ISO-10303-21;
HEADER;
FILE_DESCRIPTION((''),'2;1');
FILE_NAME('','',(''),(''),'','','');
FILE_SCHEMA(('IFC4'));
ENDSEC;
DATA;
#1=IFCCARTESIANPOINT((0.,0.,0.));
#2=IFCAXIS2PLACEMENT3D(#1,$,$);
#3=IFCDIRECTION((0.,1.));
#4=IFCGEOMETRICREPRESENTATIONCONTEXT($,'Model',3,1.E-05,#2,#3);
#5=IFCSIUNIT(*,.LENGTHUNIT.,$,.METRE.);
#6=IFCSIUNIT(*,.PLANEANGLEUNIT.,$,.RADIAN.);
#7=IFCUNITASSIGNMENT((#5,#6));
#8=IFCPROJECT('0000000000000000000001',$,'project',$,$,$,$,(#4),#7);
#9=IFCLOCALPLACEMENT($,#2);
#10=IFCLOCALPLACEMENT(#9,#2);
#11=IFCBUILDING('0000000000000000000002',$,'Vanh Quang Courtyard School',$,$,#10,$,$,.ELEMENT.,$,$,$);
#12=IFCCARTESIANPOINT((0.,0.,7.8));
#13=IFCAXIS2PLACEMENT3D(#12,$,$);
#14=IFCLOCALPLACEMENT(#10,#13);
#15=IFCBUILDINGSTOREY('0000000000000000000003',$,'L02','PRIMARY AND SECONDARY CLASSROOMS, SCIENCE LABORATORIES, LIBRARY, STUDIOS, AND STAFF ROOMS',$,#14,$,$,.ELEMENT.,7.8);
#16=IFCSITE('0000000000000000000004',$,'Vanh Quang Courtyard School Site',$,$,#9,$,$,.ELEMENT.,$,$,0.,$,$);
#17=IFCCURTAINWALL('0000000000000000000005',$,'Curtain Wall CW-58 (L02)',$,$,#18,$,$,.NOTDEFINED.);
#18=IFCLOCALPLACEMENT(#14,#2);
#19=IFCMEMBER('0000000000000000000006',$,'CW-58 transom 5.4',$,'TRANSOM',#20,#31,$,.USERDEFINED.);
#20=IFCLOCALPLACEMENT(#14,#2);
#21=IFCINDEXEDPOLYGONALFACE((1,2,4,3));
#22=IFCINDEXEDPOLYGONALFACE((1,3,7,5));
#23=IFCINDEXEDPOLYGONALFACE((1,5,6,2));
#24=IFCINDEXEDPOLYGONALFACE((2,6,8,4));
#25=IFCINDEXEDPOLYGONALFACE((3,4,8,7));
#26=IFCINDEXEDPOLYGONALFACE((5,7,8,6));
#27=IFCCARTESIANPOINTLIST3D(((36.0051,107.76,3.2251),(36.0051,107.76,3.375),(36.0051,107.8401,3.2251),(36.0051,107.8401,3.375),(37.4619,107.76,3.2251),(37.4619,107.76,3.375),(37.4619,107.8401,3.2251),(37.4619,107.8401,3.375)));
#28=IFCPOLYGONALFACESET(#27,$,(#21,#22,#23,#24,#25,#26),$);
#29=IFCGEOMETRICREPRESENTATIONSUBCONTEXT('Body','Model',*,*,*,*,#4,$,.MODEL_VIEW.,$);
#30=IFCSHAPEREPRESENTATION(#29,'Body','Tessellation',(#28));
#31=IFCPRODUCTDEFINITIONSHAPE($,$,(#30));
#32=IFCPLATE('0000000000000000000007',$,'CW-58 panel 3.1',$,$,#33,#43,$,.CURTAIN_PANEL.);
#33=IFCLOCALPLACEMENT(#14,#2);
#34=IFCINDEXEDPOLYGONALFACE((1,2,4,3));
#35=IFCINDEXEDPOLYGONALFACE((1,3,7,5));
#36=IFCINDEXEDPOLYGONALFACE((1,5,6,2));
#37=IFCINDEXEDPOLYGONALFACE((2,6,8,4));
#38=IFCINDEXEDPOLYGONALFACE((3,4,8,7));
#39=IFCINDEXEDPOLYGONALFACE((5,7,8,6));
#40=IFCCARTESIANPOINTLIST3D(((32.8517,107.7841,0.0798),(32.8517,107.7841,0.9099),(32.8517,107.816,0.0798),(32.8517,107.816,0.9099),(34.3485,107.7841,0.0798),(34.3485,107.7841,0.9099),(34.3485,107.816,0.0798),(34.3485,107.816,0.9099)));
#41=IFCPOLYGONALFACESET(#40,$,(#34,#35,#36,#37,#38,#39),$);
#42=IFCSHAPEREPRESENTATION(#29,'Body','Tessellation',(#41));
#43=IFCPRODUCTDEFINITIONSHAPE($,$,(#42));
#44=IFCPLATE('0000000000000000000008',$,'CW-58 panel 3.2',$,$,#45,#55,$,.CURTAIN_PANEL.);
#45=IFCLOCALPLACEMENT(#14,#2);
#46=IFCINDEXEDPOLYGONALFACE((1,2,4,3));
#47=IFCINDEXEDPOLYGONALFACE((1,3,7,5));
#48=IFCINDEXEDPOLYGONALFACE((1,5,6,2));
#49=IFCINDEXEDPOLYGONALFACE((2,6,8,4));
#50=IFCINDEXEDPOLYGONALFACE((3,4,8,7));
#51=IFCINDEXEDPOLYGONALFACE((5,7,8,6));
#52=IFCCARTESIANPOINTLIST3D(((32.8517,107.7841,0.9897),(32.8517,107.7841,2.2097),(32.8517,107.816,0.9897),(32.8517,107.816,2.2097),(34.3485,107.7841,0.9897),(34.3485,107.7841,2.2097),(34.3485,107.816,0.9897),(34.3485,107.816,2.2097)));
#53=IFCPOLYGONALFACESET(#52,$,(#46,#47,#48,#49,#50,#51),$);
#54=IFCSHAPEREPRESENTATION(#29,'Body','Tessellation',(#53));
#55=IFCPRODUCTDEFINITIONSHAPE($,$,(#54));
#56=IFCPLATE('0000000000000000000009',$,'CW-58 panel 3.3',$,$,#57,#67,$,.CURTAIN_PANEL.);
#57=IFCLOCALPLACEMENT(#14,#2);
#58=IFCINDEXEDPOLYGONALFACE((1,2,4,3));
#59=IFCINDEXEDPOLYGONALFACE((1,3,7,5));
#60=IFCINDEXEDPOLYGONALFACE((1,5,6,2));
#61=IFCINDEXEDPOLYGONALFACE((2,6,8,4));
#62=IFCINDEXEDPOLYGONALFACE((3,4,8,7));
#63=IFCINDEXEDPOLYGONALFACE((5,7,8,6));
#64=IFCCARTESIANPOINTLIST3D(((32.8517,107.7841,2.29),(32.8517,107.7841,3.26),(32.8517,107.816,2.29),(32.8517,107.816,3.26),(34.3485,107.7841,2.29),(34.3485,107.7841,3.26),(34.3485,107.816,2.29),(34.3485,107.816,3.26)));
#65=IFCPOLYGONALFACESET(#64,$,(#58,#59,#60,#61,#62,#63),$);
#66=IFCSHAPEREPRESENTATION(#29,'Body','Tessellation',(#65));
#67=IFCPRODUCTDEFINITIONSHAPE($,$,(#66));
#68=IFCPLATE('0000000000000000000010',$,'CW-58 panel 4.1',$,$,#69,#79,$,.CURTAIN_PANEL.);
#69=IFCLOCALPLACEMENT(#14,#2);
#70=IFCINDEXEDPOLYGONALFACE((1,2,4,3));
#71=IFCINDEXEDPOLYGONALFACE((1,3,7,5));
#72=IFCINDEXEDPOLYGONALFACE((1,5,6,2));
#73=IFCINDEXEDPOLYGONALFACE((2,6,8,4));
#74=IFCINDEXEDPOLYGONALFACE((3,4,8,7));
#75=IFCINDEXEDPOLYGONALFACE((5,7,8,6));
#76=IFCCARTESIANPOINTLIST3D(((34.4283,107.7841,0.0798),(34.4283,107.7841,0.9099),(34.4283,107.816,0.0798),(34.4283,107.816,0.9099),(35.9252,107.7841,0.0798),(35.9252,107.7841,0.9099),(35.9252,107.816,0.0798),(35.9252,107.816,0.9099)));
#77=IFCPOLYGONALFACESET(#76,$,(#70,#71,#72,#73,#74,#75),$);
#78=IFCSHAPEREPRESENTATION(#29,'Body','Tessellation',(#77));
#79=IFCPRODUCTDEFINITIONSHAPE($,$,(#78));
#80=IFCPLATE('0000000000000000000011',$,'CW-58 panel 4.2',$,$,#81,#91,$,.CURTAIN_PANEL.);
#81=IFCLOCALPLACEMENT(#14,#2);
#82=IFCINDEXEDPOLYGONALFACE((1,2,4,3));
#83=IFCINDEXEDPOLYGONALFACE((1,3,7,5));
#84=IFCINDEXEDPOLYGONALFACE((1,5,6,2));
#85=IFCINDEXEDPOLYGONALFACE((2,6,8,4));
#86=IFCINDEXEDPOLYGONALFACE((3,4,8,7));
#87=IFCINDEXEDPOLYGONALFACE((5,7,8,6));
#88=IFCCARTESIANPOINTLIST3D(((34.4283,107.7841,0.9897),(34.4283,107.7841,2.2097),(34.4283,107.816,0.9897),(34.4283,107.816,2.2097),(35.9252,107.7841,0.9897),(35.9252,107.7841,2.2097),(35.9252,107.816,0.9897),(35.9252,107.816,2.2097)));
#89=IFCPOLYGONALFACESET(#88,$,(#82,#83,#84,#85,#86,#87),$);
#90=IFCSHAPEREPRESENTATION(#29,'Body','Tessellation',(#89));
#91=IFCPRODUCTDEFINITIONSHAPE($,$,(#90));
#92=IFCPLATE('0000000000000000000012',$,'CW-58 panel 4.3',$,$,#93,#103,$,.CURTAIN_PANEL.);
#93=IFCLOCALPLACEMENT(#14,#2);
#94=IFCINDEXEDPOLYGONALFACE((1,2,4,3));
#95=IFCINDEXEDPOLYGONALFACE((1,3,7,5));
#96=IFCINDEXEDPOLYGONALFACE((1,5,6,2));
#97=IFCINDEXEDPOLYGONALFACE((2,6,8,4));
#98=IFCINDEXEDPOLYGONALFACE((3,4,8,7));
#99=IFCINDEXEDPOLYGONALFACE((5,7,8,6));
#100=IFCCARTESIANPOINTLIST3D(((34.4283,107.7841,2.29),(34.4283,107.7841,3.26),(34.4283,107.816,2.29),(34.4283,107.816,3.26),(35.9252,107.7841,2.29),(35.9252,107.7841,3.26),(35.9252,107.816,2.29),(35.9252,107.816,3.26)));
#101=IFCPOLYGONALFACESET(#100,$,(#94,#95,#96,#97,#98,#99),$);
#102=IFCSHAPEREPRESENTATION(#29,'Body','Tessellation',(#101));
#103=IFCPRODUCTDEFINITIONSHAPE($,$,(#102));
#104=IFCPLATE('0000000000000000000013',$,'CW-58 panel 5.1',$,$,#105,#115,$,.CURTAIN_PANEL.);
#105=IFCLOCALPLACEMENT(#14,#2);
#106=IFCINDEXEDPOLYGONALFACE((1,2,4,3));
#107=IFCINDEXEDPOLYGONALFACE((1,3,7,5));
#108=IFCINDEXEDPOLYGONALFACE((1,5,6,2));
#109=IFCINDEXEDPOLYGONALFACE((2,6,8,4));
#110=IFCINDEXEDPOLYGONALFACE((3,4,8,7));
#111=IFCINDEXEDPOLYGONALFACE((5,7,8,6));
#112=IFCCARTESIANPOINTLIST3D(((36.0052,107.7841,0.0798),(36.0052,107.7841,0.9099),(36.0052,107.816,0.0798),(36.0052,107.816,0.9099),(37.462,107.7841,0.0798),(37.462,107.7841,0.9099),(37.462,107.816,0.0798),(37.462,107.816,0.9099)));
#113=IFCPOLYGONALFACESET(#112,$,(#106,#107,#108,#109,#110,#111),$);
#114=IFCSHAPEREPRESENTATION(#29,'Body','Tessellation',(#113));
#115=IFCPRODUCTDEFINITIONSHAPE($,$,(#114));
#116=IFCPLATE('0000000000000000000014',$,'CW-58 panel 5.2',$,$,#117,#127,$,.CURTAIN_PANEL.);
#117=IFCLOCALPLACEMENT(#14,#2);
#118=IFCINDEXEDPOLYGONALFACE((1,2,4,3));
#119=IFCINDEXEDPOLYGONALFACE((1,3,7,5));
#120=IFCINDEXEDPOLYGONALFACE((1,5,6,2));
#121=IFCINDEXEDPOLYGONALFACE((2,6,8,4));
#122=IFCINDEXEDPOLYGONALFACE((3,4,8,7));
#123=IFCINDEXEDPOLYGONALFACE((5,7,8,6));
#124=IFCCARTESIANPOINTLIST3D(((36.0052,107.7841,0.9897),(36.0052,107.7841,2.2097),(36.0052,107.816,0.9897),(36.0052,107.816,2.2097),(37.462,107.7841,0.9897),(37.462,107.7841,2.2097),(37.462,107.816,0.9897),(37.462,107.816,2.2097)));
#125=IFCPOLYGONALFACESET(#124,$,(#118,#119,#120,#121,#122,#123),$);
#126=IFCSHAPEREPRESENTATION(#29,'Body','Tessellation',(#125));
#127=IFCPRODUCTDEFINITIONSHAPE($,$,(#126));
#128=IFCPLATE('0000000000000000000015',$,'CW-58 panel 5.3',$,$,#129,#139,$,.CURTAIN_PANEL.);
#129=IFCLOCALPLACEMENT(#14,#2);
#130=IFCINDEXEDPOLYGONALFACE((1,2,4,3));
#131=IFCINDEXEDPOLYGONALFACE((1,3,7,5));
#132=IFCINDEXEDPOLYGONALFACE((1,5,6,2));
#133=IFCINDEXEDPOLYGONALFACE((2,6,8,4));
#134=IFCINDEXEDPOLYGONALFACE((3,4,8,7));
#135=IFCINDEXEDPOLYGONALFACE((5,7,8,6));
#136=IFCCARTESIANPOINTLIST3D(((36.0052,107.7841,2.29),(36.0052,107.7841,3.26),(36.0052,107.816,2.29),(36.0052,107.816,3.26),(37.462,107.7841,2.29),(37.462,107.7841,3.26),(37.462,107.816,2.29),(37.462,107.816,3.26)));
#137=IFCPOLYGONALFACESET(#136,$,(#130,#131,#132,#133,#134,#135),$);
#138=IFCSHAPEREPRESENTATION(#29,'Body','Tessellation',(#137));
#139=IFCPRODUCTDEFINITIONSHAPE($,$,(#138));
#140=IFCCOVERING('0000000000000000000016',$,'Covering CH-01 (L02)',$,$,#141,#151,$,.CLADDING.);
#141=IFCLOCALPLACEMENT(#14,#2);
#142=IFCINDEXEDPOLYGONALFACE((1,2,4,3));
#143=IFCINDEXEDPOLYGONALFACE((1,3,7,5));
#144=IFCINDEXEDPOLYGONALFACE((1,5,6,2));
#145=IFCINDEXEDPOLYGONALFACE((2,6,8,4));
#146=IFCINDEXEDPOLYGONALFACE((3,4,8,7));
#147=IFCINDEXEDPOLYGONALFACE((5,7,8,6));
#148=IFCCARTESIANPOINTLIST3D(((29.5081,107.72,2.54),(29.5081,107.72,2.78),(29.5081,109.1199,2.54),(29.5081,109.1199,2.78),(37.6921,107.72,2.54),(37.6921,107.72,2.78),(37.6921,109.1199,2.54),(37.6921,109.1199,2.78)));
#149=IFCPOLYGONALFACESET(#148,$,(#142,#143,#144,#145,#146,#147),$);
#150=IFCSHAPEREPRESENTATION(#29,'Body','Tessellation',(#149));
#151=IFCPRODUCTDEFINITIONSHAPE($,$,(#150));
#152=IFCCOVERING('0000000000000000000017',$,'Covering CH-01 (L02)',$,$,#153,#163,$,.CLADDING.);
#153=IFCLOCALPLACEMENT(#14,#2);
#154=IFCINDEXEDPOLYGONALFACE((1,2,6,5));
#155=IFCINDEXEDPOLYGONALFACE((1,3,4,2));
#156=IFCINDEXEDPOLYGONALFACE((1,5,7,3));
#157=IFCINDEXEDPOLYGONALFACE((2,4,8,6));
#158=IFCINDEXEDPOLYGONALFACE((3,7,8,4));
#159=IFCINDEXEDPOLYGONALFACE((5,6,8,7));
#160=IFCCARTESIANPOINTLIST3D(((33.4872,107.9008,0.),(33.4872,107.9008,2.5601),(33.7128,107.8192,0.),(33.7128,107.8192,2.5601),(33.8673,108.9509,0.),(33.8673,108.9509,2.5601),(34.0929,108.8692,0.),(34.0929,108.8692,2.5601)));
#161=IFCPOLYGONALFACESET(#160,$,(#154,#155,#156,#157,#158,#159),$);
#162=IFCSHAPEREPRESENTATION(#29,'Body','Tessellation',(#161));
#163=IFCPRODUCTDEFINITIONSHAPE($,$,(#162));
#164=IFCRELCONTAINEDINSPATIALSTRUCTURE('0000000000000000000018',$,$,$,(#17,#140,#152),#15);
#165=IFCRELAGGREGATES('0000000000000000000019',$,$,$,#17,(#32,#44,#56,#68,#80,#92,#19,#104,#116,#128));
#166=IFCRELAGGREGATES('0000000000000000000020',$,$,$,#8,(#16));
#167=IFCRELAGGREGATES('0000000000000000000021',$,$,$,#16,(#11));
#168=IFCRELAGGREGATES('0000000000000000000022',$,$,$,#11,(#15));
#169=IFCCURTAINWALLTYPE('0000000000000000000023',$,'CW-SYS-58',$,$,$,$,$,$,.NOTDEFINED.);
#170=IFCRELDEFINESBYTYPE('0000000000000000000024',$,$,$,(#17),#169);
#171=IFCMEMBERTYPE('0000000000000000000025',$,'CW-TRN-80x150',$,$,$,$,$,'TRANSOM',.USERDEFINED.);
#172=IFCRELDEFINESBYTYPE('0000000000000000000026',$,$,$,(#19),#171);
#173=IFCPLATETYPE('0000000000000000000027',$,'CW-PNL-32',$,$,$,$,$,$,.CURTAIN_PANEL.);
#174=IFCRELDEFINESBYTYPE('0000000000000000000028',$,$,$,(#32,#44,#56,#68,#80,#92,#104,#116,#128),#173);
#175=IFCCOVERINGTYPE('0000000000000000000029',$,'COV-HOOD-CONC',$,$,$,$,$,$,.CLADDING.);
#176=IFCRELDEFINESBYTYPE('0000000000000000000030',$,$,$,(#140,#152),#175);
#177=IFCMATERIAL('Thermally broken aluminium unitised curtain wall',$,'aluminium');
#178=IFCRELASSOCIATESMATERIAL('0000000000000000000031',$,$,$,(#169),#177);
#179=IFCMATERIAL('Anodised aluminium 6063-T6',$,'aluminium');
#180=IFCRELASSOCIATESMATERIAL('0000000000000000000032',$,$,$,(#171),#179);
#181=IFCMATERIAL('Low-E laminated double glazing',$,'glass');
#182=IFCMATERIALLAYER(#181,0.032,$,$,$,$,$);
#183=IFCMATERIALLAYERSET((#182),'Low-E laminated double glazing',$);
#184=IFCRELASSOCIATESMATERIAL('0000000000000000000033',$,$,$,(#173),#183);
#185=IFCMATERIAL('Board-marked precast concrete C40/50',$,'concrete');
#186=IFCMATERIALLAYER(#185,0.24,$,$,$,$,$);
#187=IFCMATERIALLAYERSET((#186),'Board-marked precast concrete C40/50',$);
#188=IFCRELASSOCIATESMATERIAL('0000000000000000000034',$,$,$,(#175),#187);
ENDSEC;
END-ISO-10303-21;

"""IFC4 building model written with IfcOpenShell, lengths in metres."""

from ifc_helpers import new_model, si_unit, direction, frame, origin, origin_2d, place, context, subcontext, project, spatial, rectangle, extrude, material, layer, layer_set, material_profile, profile_set, type_object, element, aggregate, save


model = new_model("IFC4")

# Units and contexts
model_context = context("Model", 3, precision=1e-05, world=origin(), true_north=direction((0.0, 1.0)))
body_context = subcontext(model_context, "Body", "Model", "MODEL_VIEW")
ifc_project = project(units=[si_unit("LENGTHUNIT", "METRE"), si_unit("PLANEANGLEUNIT", "RADIAN")], contexts=[model_context])

# Site, building, storey
site_placement = place(None, origin())
site = spatial("IfcSite", under=ifc_project, at=site_placement, Name="Vanh Quang Courtyard School Site", CompositionType="ELEMENT", RefElevation=0.0)
building_placement = place(site_placement, origin())
building = spatial("IfcBuilding", under=site, at=building_placement, Name="Vanh Quang Courtyard School", CompositionType="ELEMENT")
storey_placement = place(building_placement, frame((0.0, 0.0, 7.8)))
storey = spatial("IfcBuildingStorey", under=building, at=storey_placement, Name="L02", Description="PRIMARY AND SECONDARY CLASSROOMS, SCIENCE LABORATORIES, LIBRARY, STUDIOS, AND STAFF ROOMS", CompositionType="ELEMENT", Elevation=7.8)

# Curtain wall, member, plates
ifc_material_1 = material(Name="Thermally broken aluminium unitised curtain wall", Category="aluminium")
curtain_wall_type = type_object("IfcCurtainWallType", Name="CW-SYS-58", PredefinedType="NOTDEFINED", material=ifc_material_1)
curtain_wall_placement = place(storey_placement, origin())
curtain_wall = element("IfcCurtainWall", 1, at=curtain_wall_placement, inside=storey, type_object=curtain_wall_type, Name="Curtain Wall CW-58 (L02)", PredefinedType="NOTDEFINED")
ifc_material_2 = material(Name="Anodised aluminium 6063-T6", Category="aluminium")
ifc_material_profile_1 = material_profile(ifc_material_2, rectangle(XDim=0.0801, YDim=0.1499, at=origin_2d()), Name="ALU-TRN 80x150")
ifc_profile_set_1 = profile_set([ifc_material_profile_1], Name="Anodised aluminium 6063-T6")
member_type_1 = type_object("IfcMemberType", Name="CW-TRN-80x150", ElementType="TRANSOM", PredefinedType="USERDEFINED", material=ifc_profile_set_1)
member_1_placement = place(storey_placement, frame((36.0051, 107.8, 3.3), z_axis=(1.0, 0.0, 0.0), x_axis=(0.0, 1.0, 0.0)))
member_1 = element("IfcMember", 2, at=member_1_placement, type_object=member_type_1, Name="CW-58 transom 5.4", ObjectType="TRANSOM", PredefinedType="USERDEFINED", context=body_context, shape_type="SweptSolid", body=[
    extrude(rectangle(XDim=0.0801, YDim=0.1499, at=origin_2d()), origin(), (0.0, 0.0, 1.0), 1.4568),
])
ifc_material_3 = material(Name="Low-E laminated double glazing", Category="glass")
ifc_layer_1 = layer(ifc_material_3, 0.032)
ifc_layer_set_1 = layer_set([ifc_layer_1], Name="Low-E laminated double glazing")
plate_type = type_object("IfcPlateType", Name="CW-PNL-32", PredefinedType="CURTAIN_PANEL", material=ifc_layer_set_1)
plate_1_placement = place(storey_placement, frame((33.6001, 107.8, 0.0798), z_axis=(0.0, 0.0, 1.0), x_axis=(1.0, 0.0, 0.0)))
plate_1 = element("IfcPlate", 3, at=plate_1_placement, type_object=plate_type, Name="CW-58 panel 3.1", PredefinedType="CURTAIN_PANEL", context=body_context, shape_type="SweptSolid", body=[
    extrude(rectangle(XDim=1.4968, YDim=0.032, at=origin_2d()), origin(), (0.0, 0.0, 1.0), 0.8301),
])
plate_2_placement = place(storey_placement, frame((33.6001, 107.8, 0.9897), z_axis=(0.0, 0.0, 1.0), x_axis=(1.0, 0.0, 0.0)))
plate_2 = element("IfcPlate", 4, at=plate_2_placement, type_object=plate_type, Name="CW-58 panel 3.2", PredefinedType="CURTAIN_PANEL", context=body_context, shape_type="SweptSolid", body=[
    extrude(rectangle(XDim=1.4968, YDim=0.032, at=origin_2d()), origin(), (0.0, 0.0, 1.0), 1.22),
])
plate_3_placement = place(storey_placement, frame((33.6001, 107.8, 2.29), z_axis=(0.0, 0.0, 1.0), x_axis=(1.0, 0.0, 0.0)))
plate_3 = element("IfcPlate", 5, at=plate_3_placement, type_object=plate_type, Name="CW-58 panel 3.3", PredefinedType="CURTAIN_PANEL", context=body_context, shape_type="SweptSolid", body=[
    extrude(rectangle(XDim=1.4968, YDim=0.032, at=origin_2d()), origin(), (0.0, 0.0, 1.0), 0.97),
])
plate_4_placement = place(storey_placement, frame((35.1768, 107.8, 0.0798), z_axis=(0.0, 0.0, 1.0), x_axis=(1.0, 0.0, 0.0)))
plate_4 = element("IfcPlate", 6, at=plate_4_placement, type_object=plate_type, Name="CW-58 panel 4.1", PredefinedType="CURTAIN_PANEL", context=body_context, shape_type="SweptSolid", body=[
    extrude(rectangle(XDim=1.4968, YDim=0.032, at=origin_2d()), origin(), (0.0, 0.0, 1.0), 0.8301),
])
plate_5_placement = place(storey_placement, frame((35.1768, 107.8, 0.9897), z_axis=(0.0, 0.0, 1.0), x_axis=(1.0, 0.0, 0.0)))
plate_5 = element("IfcPlate", 7, at=plate_5_placement, type_object=plate_type, Name="CW-58 panel 4.2", PredefinedType="CURTAIN_PANEL", context=body_context, shape_type="SweptSolid", body=[
    extrude(rectangle(XDim=1.4968, YDim=0.032, at=origin_2d()), origin(), (0.0, 0.0, 1.0), 1.22),
])
plate_6_placement = place(storey_placement, frame((35.1768, 107.8, 2.29), z_axis=(0.0, 0.0, 1.0), x_axis=(1.0, 0.0, 0.0)))
plate_6 = element("IfcPlate", 8, at=plate_6_placement, type_object=plate_type, Name="CW-58 panel 4.3", PredefinedType="CURTAIN_PANEL", context=body_context, shape_type="SweptSolid", body=[
    extrude(rectangle(XDim=1.4968, YDim=0.032, at=origin_2d()), origin(), (0.0, 0.0, 1.0), 0.97),
])
plate_7_placement = place(storey_placement, frame((36.7336, 107.8, 0.0798), z_axis=(0.0, 0.0, 1.0), x_axis=(1.0, 0.0, 0.0)))
plate_7 = element("IfcPlate", 9, at=plate_7_placement, type_object=plate_type, Name="CW-58 panel 5.1", PredefinedType="CURTAIN_PANEL", context=body_context, shape_type="SweptSolid", body=[
    extrude(rectangle(XDim=1.4568, YDim=0.032, at=origin_2d()), origin(), (0.0, 0.0, 1.0), 0.8301),
])
plate_8_placement = place(storey_placement, frame((36.7336, 107.8, 0.9897), z_axis=(0.0, 0.0, 1.0), x_axis=(1.0, 0.0, 0.0)))
plate_8 = element("IfcPlate", 10, at=plate_8_placement, type_object=plate_type, Name="CW-58 panel 5.2", PredefinedType="CURTAIN_PANEL", context=body_context, shape_type="SweptSolid", body=[
    extrude(rectangle(XDim=1.4568, YDim=0.032, at=origin_2d()), origin(), (0.0, 0.0, 1.0), 1.22),
])
plate_9_placement = place(storey_placement, frame((36.7336, 107.8, 2.29), z_axis=(0.0, 0.0, 1.0), x_axis=(1.0, 0.0, 0.0)))
plate_9 = element("IfcPlate", 11, at=plate_9_placement, type_object=plate_type, Name="CW-58 panel 5.3", PredefinedType="CURTAIN_PANEL", context=body_context, shape_type="SweptSolid", body=[
    extrude(rectangle(XDim=1.4568, YDim=0.032, at=origin_2d()), origin(), (0.0, 0.0, 1.0), 0.97),
])
aggregate(curtain_wall, [plate_1, plate_2, plate_3, plate_4, plate_5, plate_6, member_1, plate_7, plate_8, plate_9])

# Coverings
ifc_material_4 = material(Name="Board-marked precast concrete C40/50", Category="concrete")
ifc_layer_2 = layer(ifc_material_4, 0.24)
ifc_layer_set_2 = layer_set([ifc_layer_2], Name="Board-marked precast concrete C40/50")
covering_type = type_object("IfcCoveringType", Name="COV-HOOD-CONC", PredefinedType="CLADDING", material=ifc_layer_set_2)
covering_1_placement = place(storey_placement, frame((33.6001, 108.4199, 2.54), z_axis=(0.0, 0.0, 1.0), x_axis=(1.0, 0.0, 0.0)))
element("IfcCovering", 12, at=covering_1_placement, inside=storey, type_object=covering_type, Name="Covering CH-01 (L02)", PredefinedType="CLADDING", context=body_context, shape_type="SweptSolid", body=[
    extrude(rectangle(XDim=8.1841, YDim=1.3999, at=origin_2d()), origin(), (0.0, 0.0, 1.0), 0.24),
])
covering_2_placement = place(storey_placement, frame((33.79, 108.385, 0.0), z_axis=(0.0, 0.0, 1.0), x_axis=(0.34038, 0.940288, 0.0)))
element("IfcCovering", 13, at=covering_2_placement, inside=storey, type_object=covering_type, Name="Covering CH-01 (L02)", PredefinedType="CLADDING", context=body_context, shape_type="SweptSolid", body=[
    extrude(rectangle(XDim=1.1167, YDim=0.24, at=origin_2d()), origin(), (0.0, 0.0, 1.0), 2.5601),
])

save(model, "model.ifc")
